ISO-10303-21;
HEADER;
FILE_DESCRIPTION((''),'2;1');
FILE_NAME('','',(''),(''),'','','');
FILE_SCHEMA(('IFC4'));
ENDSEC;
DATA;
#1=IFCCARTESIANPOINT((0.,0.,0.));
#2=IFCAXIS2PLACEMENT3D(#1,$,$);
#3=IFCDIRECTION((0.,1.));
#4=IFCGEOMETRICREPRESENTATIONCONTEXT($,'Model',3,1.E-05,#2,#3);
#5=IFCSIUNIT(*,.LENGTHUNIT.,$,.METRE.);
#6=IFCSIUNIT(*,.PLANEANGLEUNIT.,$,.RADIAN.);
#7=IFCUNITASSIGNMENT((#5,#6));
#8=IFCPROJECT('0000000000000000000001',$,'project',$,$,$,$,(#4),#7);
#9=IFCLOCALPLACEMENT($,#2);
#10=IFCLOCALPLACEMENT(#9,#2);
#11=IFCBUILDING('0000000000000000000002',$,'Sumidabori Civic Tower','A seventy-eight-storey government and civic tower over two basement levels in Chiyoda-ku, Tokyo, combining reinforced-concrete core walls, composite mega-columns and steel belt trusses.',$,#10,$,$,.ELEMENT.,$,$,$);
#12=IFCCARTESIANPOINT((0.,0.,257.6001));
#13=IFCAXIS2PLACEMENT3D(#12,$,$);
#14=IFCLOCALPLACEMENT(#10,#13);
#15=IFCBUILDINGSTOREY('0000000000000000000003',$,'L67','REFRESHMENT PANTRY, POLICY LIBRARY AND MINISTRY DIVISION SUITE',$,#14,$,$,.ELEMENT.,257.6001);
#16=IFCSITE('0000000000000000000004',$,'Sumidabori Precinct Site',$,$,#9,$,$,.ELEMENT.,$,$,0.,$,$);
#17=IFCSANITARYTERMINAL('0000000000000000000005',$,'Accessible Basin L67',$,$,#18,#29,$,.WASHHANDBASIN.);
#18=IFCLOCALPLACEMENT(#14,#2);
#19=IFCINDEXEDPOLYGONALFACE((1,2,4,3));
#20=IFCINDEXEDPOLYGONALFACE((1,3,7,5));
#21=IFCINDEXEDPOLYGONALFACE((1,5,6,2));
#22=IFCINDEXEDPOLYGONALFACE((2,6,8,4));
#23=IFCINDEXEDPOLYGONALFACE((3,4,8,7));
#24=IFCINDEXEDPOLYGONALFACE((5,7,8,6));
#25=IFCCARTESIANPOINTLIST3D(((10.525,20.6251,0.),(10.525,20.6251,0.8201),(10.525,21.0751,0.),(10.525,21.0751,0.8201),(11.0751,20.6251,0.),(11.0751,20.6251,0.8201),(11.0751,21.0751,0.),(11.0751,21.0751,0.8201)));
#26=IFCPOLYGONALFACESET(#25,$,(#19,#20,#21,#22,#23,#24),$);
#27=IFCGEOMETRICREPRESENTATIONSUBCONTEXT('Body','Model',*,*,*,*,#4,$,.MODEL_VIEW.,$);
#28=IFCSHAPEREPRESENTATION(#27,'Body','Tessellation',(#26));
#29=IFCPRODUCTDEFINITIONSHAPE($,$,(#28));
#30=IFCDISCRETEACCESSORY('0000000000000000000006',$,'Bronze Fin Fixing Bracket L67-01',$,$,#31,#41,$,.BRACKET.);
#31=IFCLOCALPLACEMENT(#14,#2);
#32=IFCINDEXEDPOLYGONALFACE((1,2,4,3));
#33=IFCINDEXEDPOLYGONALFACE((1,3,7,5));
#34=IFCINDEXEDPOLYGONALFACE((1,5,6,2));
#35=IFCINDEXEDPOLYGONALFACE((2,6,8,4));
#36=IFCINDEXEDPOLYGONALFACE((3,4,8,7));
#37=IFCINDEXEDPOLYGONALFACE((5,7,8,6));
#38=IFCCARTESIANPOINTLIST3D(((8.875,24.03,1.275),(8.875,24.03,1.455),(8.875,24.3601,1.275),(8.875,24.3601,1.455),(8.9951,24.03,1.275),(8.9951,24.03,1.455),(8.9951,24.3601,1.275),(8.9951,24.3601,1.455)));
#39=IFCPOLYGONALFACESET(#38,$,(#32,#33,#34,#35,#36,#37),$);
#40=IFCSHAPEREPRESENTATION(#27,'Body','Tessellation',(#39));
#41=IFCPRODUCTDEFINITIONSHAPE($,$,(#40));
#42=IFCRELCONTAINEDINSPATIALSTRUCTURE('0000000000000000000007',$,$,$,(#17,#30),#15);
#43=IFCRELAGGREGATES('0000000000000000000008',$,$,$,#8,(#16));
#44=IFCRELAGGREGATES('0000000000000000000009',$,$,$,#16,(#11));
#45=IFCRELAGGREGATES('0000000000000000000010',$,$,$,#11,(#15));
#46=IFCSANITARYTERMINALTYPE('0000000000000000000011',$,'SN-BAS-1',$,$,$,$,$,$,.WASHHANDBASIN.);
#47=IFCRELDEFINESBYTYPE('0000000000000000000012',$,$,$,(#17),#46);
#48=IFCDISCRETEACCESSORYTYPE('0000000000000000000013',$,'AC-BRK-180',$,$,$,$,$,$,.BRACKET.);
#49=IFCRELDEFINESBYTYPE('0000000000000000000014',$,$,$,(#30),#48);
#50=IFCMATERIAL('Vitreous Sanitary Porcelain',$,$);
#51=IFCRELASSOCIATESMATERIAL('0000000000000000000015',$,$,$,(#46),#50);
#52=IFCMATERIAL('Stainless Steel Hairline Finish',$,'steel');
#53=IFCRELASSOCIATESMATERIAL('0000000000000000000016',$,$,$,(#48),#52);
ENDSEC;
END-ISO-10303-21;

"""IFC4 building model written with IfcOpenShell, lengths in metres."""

from ifc_helpers import new_model, si_unit, direction, frame, origin, origin_2d, place, context, subcontext, project, spatial, rectangle, extrude, source, transform, mapped, material, material_profile, profile_set, type_object, element, save


model = new_model("IFC4")

# Units and contexts
model_context = context("Model", 3, precision=1e-05, world=origin(), true_north=direction((0.0, 1.0)))
body_context = subcontext(model_context, "Body", "Model", "MODEL_VIEW")
ifc_project = project(units=[si_unit("LENGTHUNIT", "METRE"), si_unit("PLANEANGLEUNIT", "RADIAN")], contexts=[model_context])

# Site, building, storey
site_placement = place(None, origin())
site = spatial("IfcSite", under=ifc_project, at=site_placement, Name="Sumidabori Precinct Site", CompositionType="ELEMENT", RefElevation=0.0)
building_placement = place(site_placement, origin())
building = spatial("IfcBuilding", under=site, at=building_placement, Name="Sumidabori Civic Tower", Description="A seventy-eight-storey government and civic tower over two basement levels in Chiyoda-ku, Tokyo, combining reinforced-concrete core walls, composite mega-columns and steel belt trusses.", CompositionType="ELEMENT")
storey_placement = place(building_placement, frame((0.0, 0.0, 257.6001)))
storey = spatial("IfcBuildingStorey", under=building, at=storey_placement, Name="L67", Description="REFRESHMENT PANTRY, POLICY LIBRARY AND MINISTRY DIVISION SUITE", CompositionType="ELEMENT", Elevation=257.6001)

# Shared definitions
ifc_material_1 = material(Name="Stainless Steel Hairline Finish", Category="steel")

# Sanitary terminal
ifc_material_2 = material(Name="Vitreous Sanitary Porcelain")
sanitary_terminal_type_1 = type_object("IfcSanitaryTerminalType", Name="SN-BAS-1", PredefinedType="WASHHANDBASIN", material=ifc_material_2)
shared_shape_1 = source(origin(), body_context, "Body", "SweptSolid", [
    extrude(rectangle(XDim=0.55, YDim=0.45, at=origin_2d()), origin(), (0.0, 0.0, 1.0), 0.8201),
])
sanitary_terminal_1_placement = place(storey_placement, frame((10.8, 20.8501, 0.0), z_axis=(0.0, 0.0, 1.0), x_axis=(1.0, 0.0, 0.0)))
element("IfcSanitaryTerminal", 1, at=sanitary_terminal_1_placement, inside=storey, type_object=sanitary_terminal_type_1, Name="Accessible Basin L67", PredefinedType="WASHHANDBASIN", context=body_context, shape_type="MappedRepresentation", body=[
    mapped(shared_shape_1, transform((0.0, 0.0, 0.0), x_axis=(1.0, 0.0, 0.0), y_axis=(0.0, 1.0, 0.0), z_axis=(0.0, 0.0, 1.0), scale=1.0)),
])

# Discrete accessory
ifc_material_profile_1 = material_profile(ifc_material_1, rectangle(XDim=0.1201, YDim=0.1799, at=origin_2d()), Name="STEEL BRACKET 180x120")
ifc_profile_set_1 = profile_set([ifc_material_profile_1], Name="Stainless Steel Hairline Finish")
discrete_accessory_type = type_object("IfcDiscreteAccessoryType", Name="AC-BRK-180", PredefinedType="BRACKET", material=ifc_profile_set_1)
shared_shape_2 = source(origin(), body_context, "Body", "SweptSolid", [
    extrude(rectangle(XDim=0.1201, YDim=0.1799, at=origin_2d()), origin(), (0.0, 0.0, 1.0), 0.3301),
])
discrete_accessory_placement = place(storey_placement, frame((8.9351, 24.03, 1.365), z_axis=(0.0, 1.0, 0.0), x_axis=(-1.0, 0.0, 0.0)))
element("IfcDiscreteAccessory", 2, at=discrete_accessory_placement, inside=storey, type_object=discrete_accessory_type, Name="Bronze Fin Fixing Bracket L67-01", PredefinedType="BRACKET", context=body_context, shape_type="MappedRepresentation", body=[
    mapped(shared_shape_2, transform((0.0, 0.0, 0.0), x_axis=(1.0, 0.0, 0.0), y_axis=(0.0, 1.0, 0.0), z_axis=(0.0, 0.0, 1.0), scale=1.0)),
])

save(model, "model.ifc")
